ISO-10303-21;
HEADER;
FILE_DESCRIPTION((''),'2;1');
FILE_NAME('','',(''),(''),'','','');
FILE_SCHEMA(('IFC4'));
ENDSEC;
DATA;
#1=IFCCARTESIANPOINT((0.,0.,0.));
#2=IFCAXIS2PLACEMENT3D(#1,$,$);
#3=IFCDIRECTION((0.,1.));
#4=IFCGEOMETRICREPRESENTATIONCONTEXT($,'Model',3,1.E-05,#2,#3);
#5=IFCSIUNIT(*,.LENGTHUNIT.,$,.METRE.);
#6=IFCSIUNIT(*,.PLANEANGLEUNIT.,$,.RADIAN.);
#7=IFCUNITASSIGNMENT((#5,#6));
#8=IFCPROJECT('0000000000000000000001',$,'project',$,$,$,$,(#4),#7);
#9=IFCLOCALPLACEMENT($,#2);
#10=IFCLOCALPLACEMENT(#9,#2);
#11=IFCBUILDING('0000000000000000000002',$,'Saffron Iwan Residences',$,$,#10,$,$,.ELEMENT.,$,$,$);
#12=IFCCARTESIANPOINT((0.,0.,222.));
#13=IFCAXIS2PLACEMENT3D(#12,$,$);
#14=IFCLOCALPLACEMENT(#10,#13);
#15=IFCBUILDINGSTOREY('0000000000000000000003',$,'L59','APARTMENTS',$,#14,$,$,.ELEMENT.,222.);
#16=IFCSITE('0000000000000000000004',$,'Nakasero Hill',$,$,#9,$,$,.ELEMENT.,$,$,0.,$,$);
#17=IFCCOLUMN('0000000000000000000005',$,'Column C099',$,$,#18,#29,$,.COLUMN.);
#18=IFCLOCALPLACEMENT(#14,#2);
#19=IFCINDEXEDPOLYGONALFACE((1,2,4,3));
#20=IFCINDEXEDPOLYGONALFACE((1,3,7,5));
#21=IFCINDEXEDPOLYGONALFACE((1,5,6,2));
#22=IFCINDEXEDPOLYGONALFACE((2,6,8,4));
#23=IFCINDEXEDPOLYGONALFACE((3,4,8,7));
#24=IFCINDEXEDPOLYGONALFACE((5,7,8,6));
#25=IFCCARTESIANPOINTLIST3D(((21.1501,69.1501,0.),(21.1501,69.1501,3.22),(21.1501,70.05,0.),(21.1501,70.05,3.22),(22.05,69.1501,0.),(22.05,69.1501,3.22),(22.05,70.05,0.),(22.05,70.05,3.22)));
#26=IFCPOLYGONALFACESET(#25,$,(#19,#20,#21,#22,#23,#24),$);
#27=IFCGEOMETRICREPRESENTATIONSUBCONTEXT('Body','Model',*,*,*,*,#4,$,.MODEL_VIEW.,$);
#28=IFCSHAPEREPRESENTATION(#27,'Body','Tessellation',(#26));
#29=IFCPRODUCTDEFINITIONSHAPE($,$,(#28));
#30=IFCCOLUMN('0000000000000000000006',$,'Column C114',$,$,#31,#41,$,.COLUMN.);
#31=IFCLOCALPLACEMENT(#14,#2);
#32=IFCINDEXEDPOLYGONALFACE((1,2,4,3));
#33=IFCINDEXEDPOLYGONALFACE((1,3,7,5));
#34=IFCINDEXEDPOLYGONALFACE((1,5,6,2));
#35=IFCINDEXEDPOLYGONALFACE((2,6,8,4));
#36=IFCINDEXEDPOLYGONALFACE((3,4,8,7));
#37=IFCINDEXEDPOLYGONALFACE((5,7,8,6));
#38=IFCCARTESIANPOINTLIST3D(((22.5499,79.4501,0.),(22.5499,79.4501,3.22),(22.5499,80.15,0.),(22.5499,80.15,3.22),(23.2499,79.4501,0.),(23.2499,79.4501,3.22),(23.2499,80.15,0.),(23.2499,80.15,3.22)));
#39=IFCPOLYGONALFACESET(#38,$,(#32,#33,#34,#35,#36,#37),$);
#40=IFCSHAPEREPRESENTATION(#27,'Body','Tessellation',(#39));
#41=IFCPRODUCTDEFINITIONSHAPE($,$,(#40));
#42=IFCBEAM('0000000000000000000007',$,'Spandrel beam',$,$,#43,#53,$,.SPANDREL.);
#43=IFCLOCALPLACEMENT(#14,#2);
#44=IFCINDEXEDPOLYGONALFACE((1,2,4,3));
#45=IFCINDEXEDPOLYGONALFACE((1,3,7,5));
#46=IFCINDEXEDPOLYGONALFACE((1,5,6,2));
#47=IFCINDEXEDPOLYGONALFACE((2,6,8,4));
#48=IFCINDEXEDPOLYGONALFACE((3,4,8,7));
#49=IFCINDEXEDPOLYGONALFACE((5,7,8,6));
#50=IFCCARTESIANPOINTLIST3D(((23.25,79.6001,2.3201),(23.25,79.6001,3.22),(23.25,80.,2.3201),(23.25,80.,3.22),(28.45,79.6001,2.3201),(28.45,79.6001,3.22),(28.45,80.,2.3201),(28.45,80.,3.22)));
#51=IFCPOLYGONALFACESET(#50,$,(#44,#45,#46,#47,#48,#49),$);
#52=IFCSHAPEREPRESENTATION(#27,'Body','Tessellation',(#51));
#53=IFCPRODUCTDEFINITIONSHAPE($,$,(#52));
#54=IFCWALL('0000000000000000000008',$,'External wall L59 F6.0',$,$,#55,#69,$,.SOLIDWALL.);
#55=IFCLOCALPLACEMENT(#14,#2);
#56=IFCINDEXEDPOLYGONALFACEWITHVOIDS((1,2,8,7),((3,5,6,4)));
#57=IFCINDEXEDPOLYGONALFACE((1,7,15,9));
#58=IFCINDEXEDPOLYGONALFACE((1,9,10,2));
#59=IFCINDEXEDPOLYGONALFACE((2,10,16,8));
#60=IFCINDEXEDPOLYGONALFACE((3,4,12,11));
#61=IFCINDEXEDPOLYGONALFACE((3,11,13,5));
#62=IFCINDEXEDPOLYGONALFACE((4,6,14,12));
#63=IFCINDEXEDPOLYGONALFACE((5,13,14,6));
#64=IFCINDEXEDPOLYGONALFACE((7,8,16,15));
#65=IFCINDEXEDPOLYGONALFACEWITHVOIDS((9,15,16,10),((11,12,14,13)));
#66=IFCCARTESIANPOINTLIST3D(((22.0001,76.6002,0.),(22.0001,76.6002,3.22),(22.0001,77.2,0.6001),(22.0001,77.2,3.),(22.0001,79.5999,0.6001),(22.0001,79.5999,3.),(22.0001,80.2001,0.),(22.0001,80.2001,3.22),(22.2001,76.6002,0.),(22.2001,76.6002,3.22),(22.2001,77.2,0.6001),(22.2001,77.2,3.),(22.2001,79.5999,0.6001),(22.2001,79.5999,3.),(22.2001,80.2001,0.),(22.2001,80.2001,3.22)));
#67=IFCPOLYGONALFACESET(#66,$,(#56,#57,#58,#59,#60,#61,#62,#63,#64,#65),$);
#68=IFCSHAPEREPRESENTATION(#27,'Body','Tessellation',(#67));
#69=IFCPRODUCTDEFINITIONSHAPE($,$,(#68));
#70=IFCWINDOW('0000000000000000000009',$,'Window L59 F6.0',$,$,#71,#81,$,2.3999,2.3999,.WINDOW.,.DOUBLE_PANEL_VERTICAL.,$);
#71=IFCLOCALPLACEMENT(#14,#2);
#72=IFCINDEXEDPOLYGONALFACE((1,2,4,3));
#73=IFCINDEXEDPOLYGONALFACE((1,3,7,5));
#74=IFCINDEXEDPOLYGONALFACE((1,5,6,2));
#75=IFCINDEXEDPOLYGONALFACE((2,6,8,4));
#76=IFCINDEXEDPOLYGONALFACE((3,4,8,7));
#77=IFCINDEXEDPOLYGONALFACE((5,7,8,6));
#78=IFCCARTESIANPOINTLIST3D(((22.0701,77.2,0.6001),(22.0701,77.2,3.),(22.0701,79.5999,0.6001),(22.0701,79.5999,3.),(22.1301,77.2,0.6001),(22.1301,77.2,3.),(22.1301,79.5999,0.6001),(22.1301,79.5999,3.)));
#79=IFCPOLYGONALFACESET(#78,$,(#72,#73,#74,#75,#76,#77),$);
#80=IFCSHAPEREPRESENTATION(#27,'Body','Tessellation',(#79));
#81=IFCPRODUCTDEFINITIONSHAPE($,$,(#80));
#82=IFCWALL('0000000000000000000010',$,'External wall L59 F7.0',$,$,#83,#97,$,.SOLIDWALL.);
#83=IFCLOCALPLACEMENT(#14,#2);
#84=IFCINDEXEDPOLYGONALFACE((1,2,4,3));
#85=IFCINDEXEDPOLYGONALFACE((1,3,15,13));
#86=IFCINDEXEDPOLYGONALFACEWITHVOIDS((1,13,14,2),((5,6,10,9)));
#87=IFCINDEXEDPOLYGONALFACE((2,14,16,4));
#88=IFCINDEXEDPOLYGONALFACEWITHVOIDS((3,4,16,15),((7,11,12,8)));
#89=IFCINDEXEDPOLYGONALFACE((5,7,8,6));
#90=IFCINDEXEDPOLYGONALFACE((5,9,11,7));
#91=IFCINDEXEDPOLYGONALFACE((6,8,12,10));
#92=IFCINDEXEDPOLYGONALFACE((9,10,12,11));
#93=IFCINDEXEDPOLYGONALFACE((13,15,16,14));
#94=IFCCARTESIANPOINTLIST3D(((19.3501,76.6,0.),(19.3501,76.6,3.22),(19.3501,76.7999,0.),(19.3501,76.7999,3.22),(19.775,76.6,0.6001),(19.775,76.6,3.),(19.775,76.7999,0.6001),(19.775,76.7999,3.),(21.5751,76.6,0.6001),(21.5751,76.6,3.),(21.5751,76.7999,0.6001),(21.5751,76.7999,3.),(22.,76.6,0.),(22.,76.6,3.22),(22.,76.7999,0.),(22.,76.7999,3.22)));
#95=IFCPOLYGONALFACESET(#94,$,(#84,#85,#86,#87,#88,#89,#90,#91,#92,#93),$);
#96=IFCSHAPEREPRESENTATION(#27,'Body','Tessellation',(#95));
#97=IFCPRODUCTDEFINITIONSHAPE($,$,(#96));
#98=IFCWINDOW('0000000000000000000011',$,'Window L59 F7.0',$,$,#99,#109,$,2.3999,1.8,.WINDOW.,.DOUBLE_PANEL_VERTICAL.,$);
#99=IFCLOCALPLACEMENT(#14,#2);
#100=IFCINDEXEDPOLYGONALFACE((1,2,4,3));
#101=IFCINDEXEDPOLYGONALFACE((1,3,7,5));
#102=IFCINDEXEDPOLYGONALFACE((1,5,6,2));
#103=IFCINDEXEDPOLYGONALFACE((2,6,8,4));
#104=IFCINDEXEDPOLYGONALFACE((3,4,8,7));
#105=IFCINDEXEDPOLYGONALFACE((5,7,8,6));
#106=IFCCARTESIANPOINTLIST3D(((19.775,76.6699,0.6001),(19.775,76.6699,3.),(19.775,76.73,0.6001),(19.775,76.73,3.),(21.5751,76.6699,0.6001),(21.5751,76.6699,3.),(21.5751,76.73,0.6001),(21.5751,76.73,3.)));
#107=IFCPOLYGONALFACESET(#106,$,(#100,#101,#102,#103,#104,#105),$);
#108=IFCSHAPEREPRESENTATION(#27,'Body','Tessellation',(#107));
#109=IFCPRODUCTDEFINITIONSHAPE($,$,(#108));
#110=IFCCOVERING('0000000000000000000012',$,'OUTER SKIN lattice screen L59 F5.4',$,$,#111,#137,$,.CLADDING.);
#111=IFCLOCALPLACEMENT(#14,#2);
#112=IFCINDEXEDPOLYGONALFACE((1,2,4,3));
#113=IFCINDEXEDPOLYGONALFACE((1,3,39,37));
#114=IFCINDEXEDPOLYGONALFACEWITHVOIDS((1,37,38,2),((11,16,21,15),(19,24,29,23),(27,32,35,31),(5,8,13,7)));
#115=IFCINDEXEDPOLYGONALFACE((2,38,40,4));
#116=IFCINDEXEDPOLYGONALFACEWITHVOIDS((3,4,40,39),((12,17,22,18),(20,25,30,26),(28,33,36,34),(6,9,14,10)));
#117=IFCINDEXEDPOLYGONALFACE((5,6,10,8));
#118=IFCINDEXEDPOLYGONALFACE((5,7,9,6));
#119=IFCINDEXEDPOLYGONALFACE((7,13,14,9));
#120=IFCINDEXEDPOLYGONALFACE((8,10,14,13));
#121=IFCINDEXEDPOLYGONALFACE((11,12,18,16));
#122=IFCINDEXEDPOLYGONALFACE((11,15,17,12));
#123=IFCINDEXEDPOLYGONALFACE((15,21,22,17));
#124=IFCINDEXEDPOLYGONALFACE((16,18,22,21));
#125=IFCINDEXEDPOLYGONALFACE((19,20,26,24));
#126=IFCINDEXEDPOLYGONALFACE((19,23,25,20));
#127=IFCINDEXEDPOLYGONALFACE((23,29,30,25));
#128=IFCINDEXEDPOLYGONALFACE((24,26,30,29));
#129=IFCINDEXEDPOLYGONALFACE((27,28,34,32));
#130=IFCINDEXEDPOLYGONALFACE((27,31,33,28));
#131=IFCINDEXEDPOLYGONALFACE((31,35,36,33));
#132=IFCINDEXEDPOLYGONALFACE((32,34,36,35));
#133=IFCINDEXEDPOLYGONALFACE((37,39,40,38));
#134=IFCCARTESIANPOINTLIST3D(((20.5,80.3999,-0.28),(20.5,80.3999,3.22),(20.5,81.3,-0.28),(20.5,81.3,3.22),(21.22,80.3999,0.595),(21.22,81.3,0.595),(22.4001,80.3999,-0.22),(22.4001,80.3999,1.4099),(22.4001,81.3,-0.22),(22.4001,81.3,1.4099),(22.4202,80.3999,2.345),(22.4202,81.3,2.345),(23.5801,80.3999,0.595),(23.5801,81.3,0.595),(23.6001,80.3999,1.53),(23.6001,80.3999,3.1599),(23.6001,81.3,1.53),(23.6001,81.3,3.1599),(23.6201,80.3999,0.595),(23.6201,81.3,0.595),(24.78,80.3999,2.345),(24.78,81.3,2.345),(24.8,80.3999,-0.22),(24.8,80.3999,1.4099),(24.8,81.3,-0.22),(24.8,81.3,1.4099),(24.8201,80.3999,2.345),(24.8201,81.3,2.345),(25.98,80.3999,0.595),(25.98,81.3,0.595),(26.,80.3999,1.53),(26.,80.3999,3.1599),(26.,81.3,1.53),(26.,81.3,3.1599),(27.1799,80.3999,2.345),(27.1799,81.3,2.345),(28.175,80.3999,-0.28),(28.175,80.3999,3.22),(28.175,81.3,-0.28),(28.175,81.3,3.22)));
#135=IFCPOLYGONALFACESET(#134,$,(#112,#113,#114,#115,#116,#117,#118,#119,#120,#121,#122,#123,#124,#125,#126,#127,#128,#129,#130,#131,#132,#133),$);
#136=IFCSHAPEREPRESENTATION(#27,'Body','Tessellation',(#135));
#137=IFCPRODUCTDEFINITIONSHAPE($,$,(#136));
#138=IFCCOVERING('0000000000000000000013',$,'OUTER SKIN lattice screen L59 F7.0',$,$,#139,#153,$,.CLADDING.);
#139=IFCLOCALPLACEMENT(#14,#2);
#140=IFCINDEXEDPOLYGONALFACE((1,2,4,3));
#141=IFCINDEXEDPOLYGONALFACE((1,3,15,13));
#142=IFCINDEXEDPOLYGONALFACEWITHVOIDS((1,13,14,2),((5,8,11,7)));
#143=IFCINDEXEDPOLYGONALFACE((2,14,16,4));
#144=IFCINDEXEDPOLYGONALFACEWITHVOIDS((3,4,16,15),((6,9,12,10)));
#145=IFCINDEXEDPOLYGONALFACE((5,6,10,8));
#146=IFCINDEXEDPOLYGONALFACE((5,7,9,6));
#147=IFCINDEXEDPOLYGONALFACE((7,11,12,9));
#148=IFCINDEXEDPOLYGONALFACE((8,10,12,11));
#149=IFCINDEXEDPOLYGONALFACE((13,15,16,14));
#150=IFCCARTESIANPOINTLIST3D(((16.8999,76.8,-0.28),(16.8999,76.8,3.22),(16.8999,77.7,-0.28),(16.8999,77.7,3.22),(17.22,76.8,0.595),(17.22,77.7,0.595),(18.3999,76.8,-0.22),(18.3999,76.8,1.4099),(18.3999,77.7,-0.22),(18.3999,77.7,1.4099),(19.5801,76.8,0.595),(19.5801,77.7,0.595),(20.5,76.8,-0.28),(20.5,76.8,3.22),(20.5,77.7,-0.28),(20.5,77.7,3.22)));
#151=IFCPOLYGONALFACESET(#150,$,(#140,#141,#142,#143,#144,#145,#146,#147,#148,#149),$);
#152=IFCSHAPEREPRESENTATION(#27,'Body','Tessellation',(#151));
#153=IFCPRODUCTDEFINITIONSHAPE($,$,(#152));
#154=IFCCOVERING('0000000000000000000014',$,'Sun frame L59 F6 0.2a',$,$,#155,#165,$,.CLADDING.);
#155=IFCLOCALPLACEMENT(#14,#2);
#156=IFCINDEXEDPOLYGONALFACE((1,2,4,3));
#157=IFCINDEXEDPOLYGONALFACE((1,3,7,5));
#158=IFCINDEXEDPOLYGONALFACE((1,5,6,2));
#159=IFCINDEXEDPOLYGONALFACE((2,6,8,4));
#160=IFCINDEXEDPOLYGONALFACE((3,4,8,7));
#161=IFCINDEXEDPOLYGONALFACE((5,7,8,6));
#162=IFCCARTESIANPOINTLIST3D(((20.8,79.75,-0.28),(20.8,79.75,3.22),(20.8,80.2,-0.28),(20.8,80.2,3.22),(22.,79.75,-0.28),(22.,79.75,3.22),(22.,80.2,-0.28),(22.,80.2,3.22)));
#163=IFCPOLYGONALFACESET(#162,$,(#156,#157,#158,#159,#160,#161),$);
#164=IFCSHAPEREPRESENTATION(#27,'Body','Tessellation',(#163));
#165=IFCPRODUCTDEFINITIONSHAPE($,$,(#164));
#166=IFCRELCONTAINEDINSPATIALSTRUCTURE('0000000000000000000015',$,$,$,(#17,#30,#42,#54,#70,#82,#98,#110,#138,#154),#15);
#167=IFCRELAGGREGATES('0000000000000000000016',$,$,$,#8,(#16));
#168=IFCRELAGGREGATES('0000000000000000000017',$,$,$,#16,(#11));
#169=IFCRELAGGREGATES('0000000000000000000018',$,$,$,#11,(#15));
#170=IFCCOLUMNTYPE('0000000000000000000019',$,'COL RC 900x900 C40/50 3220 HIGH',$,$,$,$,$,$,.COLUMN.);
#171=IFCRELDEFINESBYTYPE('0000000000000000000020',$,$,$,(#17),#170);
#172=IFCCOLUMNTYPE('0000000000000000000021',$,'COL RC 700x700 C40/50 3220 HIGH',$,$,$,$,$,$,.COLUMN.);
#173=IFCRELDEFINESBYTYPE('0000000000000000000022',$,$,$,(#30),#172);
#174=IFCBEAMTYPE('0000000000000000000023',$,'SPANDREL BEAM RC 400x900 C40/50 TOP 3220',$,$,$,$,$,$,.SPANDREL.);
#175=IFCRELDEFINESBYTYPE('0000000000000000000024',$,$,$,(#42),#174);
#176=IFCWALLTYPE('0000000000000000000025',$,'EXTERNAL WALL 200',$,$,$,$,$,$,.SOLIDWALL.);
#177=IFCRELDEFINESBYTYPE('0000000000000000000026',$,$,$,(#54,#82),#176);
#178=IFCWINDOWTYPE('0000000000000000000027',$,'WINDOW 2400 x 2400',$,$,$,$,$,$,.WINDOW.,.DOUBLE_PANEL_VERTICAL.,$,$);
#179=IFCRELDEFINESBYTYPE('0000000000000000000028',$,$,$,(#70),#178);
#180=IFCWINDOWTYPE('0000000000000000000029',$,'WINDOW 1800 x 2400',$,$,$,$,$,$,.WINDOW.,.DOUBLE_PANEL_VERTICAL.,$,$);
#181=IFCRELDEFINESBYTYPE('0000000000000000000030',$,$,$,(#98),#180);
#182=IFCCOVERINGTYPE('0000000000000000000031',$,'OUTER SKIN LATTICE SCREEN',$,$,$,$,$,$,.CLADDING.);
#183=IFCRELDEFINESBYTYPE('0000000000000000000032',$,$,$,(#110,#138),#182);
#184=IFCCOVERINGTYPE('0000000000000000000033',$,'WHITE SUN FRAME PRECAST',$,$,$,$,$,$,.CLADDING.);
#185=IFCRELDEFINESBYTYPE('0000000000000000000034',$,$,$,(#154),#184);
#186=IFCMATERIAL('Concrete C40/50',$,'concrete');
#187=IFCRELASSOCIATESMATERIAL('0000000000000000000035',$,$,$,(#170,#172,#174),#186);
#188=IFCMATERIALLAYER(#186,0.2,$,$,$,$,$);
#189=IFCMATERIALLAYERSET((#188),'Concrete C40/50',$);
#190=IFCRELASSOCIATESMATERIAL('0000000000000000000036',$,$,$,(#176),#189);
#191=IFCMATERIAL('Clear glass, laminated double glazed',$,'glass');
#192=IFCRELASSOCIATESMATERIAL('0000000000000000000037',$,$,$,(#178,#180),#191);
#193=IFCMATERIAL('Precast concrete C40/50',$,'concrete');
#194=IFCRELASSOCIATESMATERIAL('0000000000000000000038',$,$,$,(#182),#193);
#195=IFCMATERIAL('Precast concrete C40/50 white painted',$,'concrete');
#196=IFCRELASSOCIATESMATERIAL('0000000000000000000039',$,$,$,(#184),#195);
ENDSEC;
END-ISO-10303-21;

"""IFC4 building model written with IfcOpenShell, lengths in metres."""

from ifc_helpers import new_model, si_unit, direction, frame, frame_2d, origin, origin_2d, place, context, subcontext, project, spatial, polyline, rectangle, outline, extrude, source, transform, mapped, material, layer, layer_set, material_profile, profile_set, type_object, element, fill, save


model = new_model("IFC4")

# Units and contexts
model_context = context("Model", 3, precision=1e-05, world=origin(), true_north=direction((0.0, 1.0)))
body_context = subcontext(model_context, "Body", "Model", "MODEL_VIEW")
ifc_project = project(units=[si_unit("LENGTHUNIT", "METRE"), si_unit("PLANEANGLEUNIT", "RADIAN")], contexts=[model_context])

# Site, building, storey
site_placement = place(None, origin())
site = spatial("IfcSite", under=ifc_project, at=site_placement, Name="Nakasero Hill", CompositionType="ELEMENT", RefElevation=0.0)
building_placement = place(site_placement, origin())
building = spatial("IfcBuilding", under=site, at=building_placement, Name="Saffron Iwan Residences", CompositionType="ELEMENT")
storey_placement = place(building_placement, frame((0.0, 0.0, 222.0)))
storey = spatial("IfcBuildingStorey", under=building, at=storey_placement, Name="L59", Description="APARTMENTS", CompositionType="ELEMENT", Elevation=222.0)

# Columns
ifc_material_1 = material(Name="Concrete C40/50", Category="concrete")
ifc_material_profile_1 = material_profile(ifc_material_1, rectangle(XDim=0.8999, YDim=0.8999, at=origin_2d()), Name="RC 900x900")
ifc_profile_set_1 = profile_set([ifc_material_profile_1], Name="Concrete C40/50")
column_type_1 = type_object("IfcColumnType", Name="COL RC 900x900 C40/50 3220 HIGH", PredefinedType="COLUMN", material=ifc_profile_set_1)
shared_shape_1 = source(origin(), body_context, "Body", "SweptSolid", [
    extrude(rectangle(XDim=0.8999, YDim=0.8999, at=origin_2d()), origin(), (0.0, 0.0, 1.0), 3.22),
])
column_1_placement = place(storey_placement, frame((21.6001, 69.6001, 0.0), z_axis=(0.0, 0.0, 1.0), x_axis=(1.0, 0.0, 0.0)))
element("IfcColumn", 1, at=column_1_placement, inside=storey, type_object=column_type_1, Name="Column C099", PredefinedType="COLUMN", context=body_context, shape_type="MappedRepresentation", body=[
    mapped(shared_shape_1, transform((0.0, 0.0, 0.0))),
])
ifc_material_profile_2 = material_profile(ifc_material_1, rectangle(XDim=0.7, YDim=0.7, at=origin_2d()), Name="RC 700x700")
ifc_profile_set_2 = profile_set([ifc_material_profile_2], Name="Concrete C40/50")
column_type_2 = type_object("IfcColumnType", Name="COL RC 700x700 C40/50 3220 HIGH", PredefinedType="COLUMN", material=ifc_profile_set_2)
shared_shape_2 = source(origin(), body_context, "Body", "SweptSolid", [
    extrude(rectangle(XDim=0.7, YDim=0.7, at=origin_2d()), origin(), (0.0, 0.0, 1.0), 3.22),
])
column_2_placement = place(storey_placement, frame((22.8999, 79.8, 0.0), z_axis=(0.0, 0.0, 1.0), x_axis=(1.0, 0.0, 0.0)))
element("IfcColumn", 2, at=column_2_placement, inside=storey, type_object=column_type_2, Name="Column C114", PredefinedType="COLUMN", context=body_context, shape_type="MappedRepresentation", body=[
    mapped(shared_shape_2, transform((0.0, 0.0, 0.0))),
])

# Beam
ifc_material_profile_3 = material_profile(ifc_material_1, rectangle(XDim=0.3999, YDim=0.8999, at=origin_2d()), Name="RC 400x900")
ifc_profile_set_3 = profile_set([ifc_material_profile_3], Name="Concrete C40/50")
beam_type = type_object("IfcBeamType", Name="SPANDREL BEAM RC 400x900 C40/50 TOP 3220", PredefinedType="SPANDREL", material=ifc_profile_set_3)
shared_shape_3 = source(origin(), body_context, "Body", "SweptSolid", [
    extrude(rectangle(XDim=0.3999, YDim=0.8999, at=origin_2d()), origin(), (0.0, 0.0, 1.0), 5.2),
])
beam_placement = place(storey_placement, frame((23.25, 79.8, 2.77), z_axis=(1.0, 0.0, 0.0), x_axis=(0.0, 1.0, 0.0)))
element("IfcBeam", 3, at=beam_placement, inside=storey, type_object=beam_type, Name="Spandrel beam", PredefinedType="SPANDREL", context=body_context, shape_type="MappedRepresentation", body=[
    mapped(shared_shape_3, transform((0.0, 0.0, 0.0))),
])

# Walls, openings, windows
ifc_layer = layer(ifc_material_1, 0.2)
ifc_layer_set = layer_set([ifc_layer], Name="Concrete C40/50")
wall_type = type_object("IfcWallType", Name="EXTERNAL WALL 200", PredefinedType="SOLIDWALL", material=ifc_layer_set)
wall_1_placement = place(storey_placement, frame((22.1001, 80.2, 0.0), z_axis=(0.0, 0.0, 1.0), x_axis=(0.0, -1.0, 0.0)))
wall_1 = element("IfcWall", 4, at=wall_1_placement, inside=storey, type_object=wall_type, Name="External wall L59 F6.0", PredefinedType="SOLIDWALL", context=body_context, shape_type="SweptSolid", body=[
    extrude(rectangle(XDim=3.5999, YDim=0.2, at=frame_2d((1.7998, 0.0))), origin(), (0.0, 0.0, 1.0), 3.22),
])
opening_1_placement = place(wall_1_placement, frame((0.6001, 0.0, 0.6001)))
opening_1 = element("IfcOpeningElement", 5, at=opening_1_placement, cuts=wall_1, PredefinedType="OPENING", context=body_context, shape_type="SweptSolid", body=[
    extrude(rectangle(XDim=2.3999, YDim=2.3999, at=frame_2d((1.2, 1.2))), frame((0.0, 0.1099, 0.0), z_axis=(0.0, -1.0, 0.0), x_axis=(1.0, 0.0, 0.0)), (0.0, 0.0, 1.0), 0.22),
])
ifc_material_2 = material(Name="Clear glass, laminated double glazed", Category="glass")
window_type_1 = type_object("IfcWindowType", Name="WINDOW 2400 x 2400", PartitioningType="DOUBLE_PANEL_VERTICAL", PredefinedType="WINDOW", material=ifc_material_2)
window_1_placement = place(opening_1_placement, origin())
window_1 = element("IfcWindow", 6, at=window_1_placement, inside=storey, type_object=window_type_1, Name="Window L59 F6.0", OverallHeight=2.3999, OverallWidth=2.3999, PartitioningType="DOUBLE_PANEL_VERTICAL", PredefinedType="WINDOW", context=body_context, shape_type="SweptSolid", body=[
    extrude(rectangle(XDim=2.3999, YDim=2.3999, at=frame_2d((1.2, 1.2))), frame((0.0, 0.03, 0.0), z_axis=(0.0, -1.0, 0.0), x_axis=(1.0, 0.0, 0.0)), (0.0, 0.0, 1.0), 0.0601),
])
fill(opening_1, window_1)
wall_2_placement = place(storey_placement, frame((22.0, 76.7, 0.0), z_axis=(0.0, 0.0, 1.0), x_axis=(-1.0, 0.0, 0.0)))
wall_2 = element("IfcWall", 7, at=wall_2_placement, inside=storey, type_object=wall_type, Name="External wall L59 F7.0", PredefinedType="SOLIDWALL", context=body_context, shape_type="SweptSolid", body=[
    extrude(rectangle(XDim=2.6499, YDim=0.2, at=frame_2d((1.325, 0.0))), origin(), (0.0, 0.0, 1.0), 3.22),
])
opening_2_placement = place(wall_2_placement, frame((0.425, 0.0, 0.6001)))
opening_2 = element("IfcOpeningElement", 8, at=opening_2_placement, cuts=wall_2, PredefinedType="OPENING", context=body_context, shape_type="SweptSolid", body=[
    extrude(rectangle(XDim=1.8, YDim=2.3999, at=frame_2d((0.8999, 1.2))), frame((0.0, 0.1099, 0.0), z_axis=(0.0, -1.0, 0.0), x_axis=(1.0, 0.0, 0.0)), (0.0, 0.0, 1.0), 0.22),
])
window_type_2 = type_object("IfcWindowType", Name="WINDOW 1800 x 2400", PartitioningType="DOUBLE_PANEL_VERTICAL", PredefinedType="WINDOW", material=ifc_material_2)
window_2_placement = place(opening_2_placement, origin())
window_2 = element("IfcWindow", 9, at=window_2_placement, inside=storey, type_object=window_type_2, Name="Window L59 F7.0", OverallHeight=2.3999, OverallWidth=1.8, PartitioningType="DOUBLE_PANEL_VERTICAL", PredefinedType="WINDOW", context=body_context, shape_type="SweptSolid", body=[
    extrude(rectangle(XDim=1.8, YDim=2.3999, at=frame_2d((0.8999, 1.2))), frame((0.0, 0.03, 0.0), z_axis=(0.0, -1.0, 0.0), x_axis=(1.0, 0.0, 0.0)), (0.0, 0.0, 1.0), 0.0601),
])
fill(opening_2, window_2)

# Coverings
ifc_material_3 = material(Name="Precast concrete C40/50", Category="concrete")
covering_type_1 = type_object("IfcCoveringType", Name="OUTER SKIN LATTICE SCREEN", PredefinedType="CLADDING", material=ifc_material_3)
covering_1_placement = place(storey_placement, frame((28.175, 80.3999, -0.28), z_axis=(0.0, 1.0, 0.0), x_axis=(-1.0, 0.0, 0.0)))
element("IfcCovering", 10, at=covering_1_placement, inside=storey, type_object=covering_type_1, Name="OUTER SKIN lattice screen L59 F5.4", PredefinedType="CLADDING", context=body_context, shape_type="SweptSolid", body=[
    extrude(outline(polyline([(0.0, 0.0), (7.675, 0.0), (7.675, 3.5), (0.0, 3.5), (0.0, 0.0)]), holes=[polyline([(2.1951, 0.875), (3.375, 0.0601), (4.5549, 0.875), (3.375, 1.6899), (2.1951, 0.875)]), polyline([(4.595, 0.875), (5.7749, 0.0601), (6.9551, 0.875), (5.7749, 1.6899), (4.595, 0.875)]), polyline([(0.9951, 2.625), (2.175, 1.8101), (3.355, 2.625), (2.175, 3.4399), (0.9951, 2.625)]), polyline([(3.395, 2.625), (4.575, 1.8101), (5.7549, 2.625), (4.575, 3.4399), (3.395, 2.625)])]), origin(), (0.0, 0.0, 1.0), 0.9001),
])
covering_2_placement = place(storey_placement, frame((20.5, 76.8, -0.28), z_axis=(0.0, 1.0, 0.0), x_axis=(-1.0, 0.0, 0.0)))
element("IfcCovering", 11, at=covering_2_placement, inside=storey, type_object=covering_type_1, Name="OUTER SKIN lattice screen L59 F7.0", PredefinedType="CLADDING", context=body_context, shape_type="SweptSolid", body=[
    extrude(outline(polyline([(0.0, 0.0), (3.6001, 0.0), (3.6001, 3.5), (0.0, 3.5), (0.0, 0.0)]), holes=[polyline([(0.9199, 0.875), (2.1001, 0.0601), (3.28, 0.875), (2.1001, 1.6899), (0.9199, 0.875)])]), origin(), (0.0, 0.0, 1.0), 0.8999),
])
ifc_material_4 = material(Name="Precast concrete C40/50 white painted", Category="concrete")
covering_type_2 = type_object("IfcCoveringType", Name="WHITE SUN FRAME PRECAST", PredefinedType="CLADDING", material=ifc_material_4)
for number, where, z_axis, x_axis, name in (
    (12, (22.0, 80.2, -0.28), (-1.0, 0.0, 0.0), (0.0, -1.0, 0.0), "Sun frame L59 F6 0.2a"),
):
    element("IfcCovering", number, at=place(storey_placement, frame(where, z_axis=z_axis, x_axis=x_axis)), inside=storey, type_object=covering_type_2, Name=name, PredefinedType="CLADDING", context=body_context, shape_type="SweptSolid", body=[
        extrude(outline(polyline([(0.0, 0.0), (0.45, 0.0), (0.45, 3.5), (0.0, 3.5), (0.0, 0.0)])), origin(), (0.0, 0.0, 1.0), 1.2),
    ])

save(model, "model.ifc")
